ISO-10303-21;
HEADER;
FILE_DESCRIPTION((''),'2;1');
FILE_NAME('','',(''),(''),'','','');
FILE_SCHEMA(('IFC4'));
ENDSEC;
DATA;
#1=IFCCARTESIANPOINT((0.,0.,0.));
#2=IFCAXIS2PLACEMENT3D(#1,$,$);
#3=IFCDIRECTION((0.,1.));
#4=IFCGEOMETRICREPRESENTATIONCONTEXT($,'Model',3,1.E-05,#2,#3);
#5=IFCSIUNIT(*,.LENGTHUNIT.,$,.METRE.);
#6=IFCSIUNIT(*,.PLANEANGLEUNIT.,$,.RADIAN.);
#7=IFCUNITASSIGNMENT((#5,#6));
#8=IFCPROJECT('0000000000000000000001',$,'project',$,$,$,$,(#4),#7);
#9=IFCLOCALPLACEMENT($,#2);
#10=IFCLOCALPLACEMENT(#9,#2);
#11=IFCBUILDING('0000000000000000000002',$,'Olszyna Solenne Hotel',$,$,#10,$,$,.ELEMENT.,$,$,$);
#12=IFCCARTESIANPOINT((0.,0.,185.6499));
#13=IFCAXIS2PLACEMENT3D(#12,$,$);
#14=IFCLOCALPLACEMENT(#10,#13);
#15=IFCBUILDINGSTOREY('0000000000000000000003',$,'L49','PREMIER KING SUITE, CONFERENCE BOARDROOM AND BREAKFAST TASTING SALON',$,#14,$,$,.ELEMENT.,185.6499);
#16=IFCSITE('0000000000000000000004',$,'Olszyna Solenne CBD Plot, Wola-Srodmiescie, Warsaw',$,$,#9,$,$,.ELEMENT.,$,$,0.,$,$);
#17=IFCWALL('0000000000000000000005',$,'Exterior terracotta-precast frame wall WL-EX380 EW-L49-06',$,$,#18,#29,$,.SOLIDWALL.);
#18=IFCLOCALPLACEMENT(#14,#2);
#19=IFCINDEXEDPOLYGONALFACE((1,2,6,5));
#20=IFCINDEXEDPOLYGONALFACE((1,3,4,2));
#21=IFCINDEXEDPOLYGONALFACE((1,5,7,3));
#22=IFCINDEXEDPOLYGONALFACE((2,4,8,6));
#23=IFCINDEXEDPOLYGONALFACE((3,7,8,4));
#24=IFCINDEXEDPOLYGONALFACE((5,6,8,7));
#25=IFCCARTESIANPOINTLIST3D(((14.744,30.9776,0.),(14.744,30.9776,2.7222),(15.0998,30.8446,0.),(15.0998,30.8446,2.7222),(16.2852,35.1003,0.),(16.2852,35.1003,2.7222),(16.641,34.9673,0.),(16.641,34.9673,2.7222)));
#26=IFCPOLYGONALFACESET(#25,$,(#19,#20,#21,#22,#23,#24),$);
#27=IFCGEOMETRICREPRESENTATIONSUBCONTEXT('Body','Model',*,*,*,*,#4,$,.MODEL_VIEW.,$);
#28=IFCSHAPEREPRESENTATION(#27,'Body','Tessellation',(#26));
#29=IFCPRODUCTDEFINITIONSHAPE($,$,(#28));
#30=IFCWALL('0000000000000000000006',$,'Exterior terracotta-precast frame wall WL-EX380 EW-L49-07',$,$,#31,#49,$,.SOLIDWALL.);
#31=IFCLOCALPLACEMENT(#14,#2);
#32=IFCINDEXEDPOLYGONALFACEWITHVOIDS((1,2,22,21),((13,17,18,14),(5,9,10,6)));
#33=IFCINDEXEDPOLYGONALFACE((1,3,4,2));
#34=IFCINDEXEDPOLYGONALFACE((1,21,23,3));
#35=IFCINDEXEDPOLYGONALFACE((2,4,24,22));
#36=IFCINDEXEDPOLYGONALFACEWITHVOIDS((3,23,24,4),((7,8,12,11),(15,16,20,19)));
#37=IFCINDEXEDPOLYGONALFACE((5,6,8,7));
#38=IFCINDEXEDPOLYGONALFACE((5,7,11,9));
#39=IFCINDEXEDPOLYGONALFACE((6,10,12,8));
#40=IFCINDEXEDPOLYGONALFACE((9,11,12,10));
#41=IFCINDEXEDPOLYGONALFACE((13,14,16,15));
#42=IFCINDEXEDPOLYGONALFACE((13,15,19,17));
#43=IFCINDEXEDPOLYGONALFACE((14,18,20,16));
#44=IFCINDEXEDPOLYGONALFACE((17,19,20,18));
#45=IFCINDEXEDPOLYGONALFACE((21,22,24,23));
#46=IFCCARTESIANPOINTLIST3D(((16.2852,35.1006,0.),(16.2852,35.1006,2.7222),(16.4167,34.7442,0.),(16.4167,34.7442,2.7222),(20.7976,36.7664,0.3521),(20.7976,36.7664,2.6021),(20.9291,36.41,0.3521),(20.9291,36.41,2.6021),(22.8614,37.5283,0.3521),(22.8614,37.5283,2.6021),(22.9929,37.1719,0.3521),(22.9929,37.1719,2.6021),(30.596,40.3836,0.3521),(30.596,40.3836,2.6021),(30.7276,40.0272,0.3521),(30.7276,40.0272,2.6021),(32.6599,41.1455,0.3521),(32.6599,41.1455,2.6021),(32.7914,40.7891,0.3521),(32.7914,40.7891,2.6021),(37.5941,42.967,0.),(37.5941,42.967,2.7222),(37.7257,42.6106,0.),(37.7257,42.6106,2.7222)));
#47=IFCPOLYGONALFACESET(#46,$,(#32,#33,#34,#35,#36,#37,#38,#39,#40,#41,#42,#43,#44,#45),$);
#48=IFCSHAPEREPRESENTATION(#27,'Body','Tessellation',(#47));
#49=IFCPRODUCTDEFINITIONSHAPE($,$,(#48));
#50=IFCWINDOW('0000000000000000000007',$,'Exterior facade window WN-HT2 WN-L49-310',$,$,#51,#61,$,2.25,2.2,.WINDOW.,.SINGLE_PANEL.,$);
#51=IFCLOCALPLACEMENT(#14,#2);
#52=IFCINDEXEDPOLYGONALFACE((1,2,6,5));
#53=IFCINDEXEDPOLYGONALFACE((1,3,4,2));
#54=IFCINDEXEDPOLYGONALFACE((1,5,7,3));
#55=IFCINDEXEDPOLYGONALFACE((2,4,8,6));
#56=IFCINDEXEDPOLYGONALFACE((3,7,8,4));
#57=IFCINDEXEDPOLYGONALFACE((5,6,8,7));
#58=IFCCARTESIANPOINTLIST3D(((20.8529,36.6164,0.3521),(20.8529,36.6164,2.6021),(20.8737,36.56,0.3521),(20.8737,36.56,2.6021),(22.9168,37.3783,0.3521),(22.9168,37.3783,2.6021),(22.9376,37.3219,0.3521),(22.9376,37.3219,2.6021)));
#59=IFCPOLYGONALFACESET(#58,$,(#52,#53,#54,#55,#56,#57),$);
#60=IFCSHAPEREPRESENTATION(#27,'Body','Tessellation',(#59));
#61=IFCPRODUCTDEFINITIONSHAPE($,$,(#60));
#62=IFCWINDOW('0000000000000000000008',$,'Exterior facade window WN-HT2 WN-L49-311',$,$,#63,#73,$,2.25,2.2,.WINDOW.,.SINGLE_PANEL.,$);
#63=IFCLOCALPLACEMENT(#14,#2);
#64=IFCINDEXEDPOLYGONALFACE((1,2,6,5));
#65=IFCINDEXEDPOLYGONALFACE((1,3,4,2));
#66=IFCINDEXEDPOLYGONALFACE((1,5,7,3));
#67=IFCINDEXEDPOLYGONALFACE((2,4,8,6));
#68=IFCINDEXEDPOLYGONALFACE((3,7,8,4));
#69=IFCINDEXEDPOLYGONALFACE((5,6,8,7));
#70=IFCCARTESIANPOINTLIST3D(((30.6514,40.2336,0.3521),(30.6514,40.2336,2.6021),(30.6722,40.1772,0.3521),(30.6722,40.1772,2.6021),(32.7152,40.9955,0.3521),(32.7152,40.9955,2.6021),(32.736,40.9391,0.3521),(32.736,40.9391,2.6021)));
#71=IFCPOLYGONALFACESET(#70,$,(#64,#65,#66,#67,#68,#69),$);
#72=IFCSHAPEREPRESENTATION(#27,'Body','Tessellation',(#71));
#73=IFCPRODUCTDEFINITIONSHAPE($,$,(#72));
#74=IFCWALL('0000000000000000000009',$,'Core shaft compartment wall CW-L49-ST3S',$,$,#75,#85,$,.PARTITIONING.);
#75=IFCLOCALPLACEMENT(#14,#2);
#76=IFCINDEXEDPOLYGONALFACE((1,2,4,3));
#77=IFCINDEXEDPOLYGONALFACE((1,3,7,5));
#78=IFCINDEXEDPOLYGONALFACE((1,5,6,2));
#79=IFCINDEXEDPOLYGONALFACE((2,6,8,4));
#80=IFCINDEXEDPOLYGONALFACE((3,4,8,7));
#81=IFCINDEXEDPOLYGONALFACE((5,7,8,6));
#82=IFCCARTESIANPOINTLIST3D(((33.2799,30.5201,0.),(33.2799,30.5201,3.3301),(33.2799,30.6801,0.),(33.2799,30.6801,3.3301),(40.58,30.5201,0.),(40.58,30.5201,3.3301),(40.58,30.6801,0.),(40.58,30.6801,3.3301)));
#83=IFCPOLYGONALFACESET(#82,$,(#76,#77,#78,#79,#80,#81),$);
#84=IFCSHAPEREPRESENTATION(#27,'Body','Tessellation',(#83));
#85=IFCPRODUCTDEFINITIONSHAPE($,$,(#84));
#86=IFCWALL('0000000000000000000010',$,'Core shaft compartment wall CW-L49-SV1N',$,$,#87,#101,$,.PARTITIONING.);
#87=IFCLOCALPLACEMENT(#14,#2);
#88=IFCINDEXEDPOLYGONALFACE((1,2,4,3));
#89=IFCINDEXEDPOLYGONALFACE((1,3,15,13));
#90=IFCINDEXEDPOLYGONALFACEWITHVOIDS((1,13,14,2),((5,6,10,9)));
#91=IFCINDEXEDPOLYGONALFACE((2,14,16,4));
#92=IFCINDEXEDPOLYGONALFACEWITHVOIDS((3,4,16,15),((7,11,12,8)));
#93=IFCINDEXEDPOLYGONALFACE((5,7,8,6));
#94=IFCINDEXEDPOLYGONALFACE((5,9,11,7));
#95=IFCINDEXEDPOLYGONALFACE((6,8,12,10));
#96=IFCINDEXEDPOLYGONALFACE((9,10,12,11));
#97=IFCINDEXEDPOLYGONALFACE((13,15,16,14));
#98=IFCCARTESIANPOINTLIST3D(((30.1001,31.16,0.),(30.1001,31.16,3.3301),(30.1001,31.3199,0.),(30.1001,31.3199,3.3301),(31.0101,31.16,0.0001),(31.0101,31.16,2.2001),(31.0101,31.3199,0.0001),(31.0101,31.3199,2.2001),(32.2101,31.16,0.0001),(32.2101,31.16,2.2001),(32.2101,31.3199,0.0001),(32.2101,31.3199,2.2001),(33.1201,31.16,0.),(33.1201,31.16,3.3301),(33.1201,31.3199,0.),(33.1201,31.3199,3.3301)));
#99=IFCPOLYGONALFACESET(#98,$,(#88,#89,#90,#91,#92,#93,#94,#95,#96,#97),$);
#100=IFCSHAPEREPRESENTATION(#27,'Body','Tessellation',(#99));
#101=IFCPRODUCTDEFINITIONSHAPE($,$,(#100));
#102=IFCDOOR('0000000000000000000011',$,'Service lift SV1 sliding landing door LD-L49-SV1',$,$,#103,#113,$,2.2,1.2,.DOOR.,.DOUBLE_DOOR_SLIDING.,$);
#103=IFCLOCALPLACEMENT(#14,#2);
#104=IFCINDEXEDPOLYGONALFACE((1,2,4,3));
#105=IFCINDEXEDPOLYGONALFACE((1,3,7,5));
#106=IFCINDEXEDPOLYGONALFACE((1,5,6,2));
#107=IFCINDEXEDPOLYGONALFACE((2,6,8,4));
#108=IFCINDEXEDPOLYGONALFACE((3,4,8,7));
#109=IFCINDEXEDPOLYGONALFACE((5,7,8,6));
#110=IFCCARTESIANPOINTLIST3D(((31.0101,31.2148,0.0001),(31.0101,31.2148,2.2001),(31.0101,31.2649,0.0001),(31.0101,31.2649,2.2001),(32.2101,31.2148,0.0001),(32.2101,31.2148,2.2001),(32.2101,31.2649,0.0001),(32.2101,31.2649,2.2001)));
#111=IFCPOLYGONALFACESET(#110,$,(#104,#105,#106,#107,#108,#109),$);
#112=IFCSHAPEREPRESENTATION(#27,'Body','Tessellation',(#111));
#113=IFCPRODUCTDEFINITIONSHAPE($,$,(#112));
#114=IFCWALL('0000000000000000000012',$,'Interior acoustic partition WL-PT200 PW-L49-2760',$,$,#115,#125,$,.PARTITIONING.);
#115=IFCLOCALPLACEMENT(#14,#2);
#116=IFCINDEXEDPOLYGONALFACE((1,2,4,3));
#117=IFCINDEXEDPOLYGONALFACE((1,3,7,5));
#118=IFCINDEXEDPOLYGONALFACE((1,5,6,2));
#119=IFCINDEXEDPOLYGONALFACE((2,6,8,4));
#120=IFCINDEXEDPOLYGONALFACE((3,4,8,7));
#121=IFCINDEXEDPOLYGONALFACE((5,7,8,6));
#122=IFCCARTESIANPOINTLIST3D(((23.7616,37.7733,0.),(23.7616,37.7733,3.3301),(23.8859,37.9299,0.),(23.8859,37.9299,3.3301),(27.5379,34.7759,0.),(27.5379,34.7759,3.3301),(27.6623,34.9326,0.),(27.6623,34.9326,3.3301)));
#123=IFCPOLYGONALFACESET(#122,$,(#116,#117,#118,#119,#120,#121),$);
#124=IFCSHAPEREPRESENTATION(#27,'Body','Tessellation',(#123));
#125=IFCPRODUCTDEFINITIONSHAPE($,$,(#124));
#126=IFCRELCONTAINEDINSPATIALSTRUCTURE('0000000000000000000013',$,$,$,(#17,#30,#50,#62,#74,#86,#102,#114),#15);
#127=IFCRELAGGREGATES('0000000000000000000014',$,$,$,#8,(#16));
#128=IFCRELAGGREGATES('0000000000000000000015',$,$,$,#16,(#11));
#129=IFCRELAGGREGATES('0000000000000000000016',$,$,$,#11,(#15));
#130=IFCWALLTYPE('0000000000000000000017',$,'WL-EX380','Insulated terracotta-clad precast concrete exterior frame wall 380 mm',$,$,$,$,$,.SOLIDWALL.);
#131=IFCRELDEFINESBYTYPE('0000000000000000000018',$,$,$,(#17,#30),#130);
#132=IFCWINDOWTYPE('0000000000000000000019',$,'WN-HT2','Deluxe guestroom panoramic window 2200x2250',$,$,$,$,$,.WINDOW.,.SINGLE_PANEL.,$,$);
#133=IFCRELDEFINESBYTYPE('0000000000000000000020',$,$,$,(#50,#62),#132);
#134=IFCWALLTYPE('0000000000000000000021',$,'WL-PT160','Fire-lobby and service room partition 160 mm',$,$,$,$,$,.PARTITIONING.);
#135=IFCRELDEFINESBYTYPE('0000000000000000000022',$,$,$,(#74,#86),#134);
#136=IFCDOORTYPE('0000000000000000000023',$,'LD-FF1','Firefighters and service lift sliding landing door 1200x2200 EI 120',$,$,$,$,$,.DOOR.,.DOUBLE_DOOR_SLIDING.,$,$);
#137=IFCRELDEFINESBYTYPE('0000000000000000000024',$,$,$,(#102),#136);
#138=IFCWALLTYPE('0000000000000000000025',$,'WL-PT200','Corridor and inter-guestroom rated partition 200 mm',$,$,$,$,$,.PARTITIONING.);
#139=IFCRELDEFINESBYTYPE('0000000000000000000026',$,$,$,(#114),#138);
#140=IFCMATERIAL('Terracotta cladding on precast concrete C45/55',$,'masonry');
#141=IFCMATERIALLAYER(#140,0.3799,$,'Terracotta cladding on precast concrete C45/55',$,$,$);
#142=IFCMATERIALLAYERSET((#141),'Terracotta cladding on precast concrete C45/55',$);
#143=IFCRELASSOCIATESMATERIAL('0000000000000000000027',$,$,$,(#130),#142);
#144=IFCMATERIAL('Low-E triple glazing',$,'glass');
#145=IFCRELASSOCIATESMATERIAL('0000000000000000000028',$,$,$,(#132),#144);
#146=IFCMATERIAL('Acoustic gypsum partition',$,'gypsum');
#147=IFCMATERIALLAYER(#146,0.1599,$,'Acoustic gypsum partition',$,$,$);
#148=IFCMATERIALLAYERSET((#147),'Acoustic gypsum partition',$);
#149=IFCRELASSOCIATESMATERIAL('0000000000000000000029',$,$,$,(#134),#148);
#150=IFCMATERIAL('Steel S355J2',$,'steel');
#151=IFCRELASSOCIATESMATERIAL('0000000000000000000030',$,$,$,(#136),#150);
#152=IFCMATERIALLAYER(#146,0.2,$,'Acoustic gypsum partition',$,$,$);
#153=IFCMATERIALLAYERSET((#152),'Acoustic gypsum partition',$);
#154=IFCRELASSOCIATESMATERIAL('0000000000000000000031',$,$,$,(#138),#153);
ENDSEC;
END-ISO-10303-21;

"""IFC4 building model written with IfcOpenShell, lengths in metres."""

from ifc_helpers import new_model, si_unit, direction, frame, frame_2d, origin, place, context, subcontext, project, spatial, rectangle, extrude, source, transform, mapped, material, layer, layer_set, type_object, type_shapes, element, fill, save


model = new_model("IFC4")

# Units and contexts
model_context = context("Model", 3, precision=1e-05, world=origin(), true_north=direction((0.0, 1.0)))
body_context = subcontext(model_context, "Body", "Model", "MODEL_VIEW")
ifc_project = project(units=[si_unit("LENGTHUNIT", "METRE"), si_unit("PLANEANGLEUNIT", "RADIAN")], contexts=[model_context])

# Site, building, storey
site_placement = place(None, origin())
site = spatial("IfcSite", under=ifc_project, at=site_placement, Name="Olszyna Solenne CBD Plot, Wola-Srodmiescie, Warsaw", CompositionType="ELEMENT", RefElevation=0.0)
building_placement = place(site_placement, origin())
building = spatial("IfcBuilding", under=site, at=building_placement, Name="Olszyna Solenne Hotel", CompositionType="ELEMENT")
storey_placement = place(building_placement, frame((0.0, 0.0, 185.6499)))
storey = spatial("IfcBuildingStorey", under=building, at=storey_placement, Name="L49", Description="PREMIER KING SUITE, CONFERENCE BOARDROOM AND BREAKFAST TASTING SALON", CompositionType="ELEMENT", Elevation=185.6499)

# Shared definitions
ifc_material_1 = material(Name="Steel S355J2", Category="steel")

# Wall
ifc_material_2 = material(Name="Terracotta cladding on precast concrete C45/55", Category="masonry")
ifc_layer_1 = layer(ifc_material_2, 0.3799, Name="Terracotta cladding on precast concrete C45/55")
ifc_layer_set_1 = layer_set([ifc_layer_1], Name="Terracotta cladding on precast concrete C45/55")
wall_type_1 = type_object("IfcWallType", Name="WL-EX380", Description="Insulated terracotta-clad precast concrete exterior frame wall 380 mm", PredefinedType="SOLIDWALL", material=ifc_layer_set_1)
wall_1_placement = place(storey_placement, frame((14.9219, 30.9111, 0.0), z_axis=(0.0, 0.0, 1.0), x_axis=(0.350169, 0.936687, 0.0)))
element("IfcWall", 1, at=wall_1_placement, inside=storey, type_object=wall_type_1, Name="Exterior terracotta-precast frame wall WL-EX380 EW-L49-06", PredefinedType="SOLIDWALL", context=body_context, shape_type="SweptSolid", body=[
    extrude(rectangle(XDim=4.4014, YDim=0.3799, at=frame_2d((2.2007, 0.0))), origin(), (0.0, 0.0, 1.0), 2.7222),
])

# Wall, openings, windows
wall_2_placement = place(storey_placement, frame((16.3508, 34.9224, 0.0), z_axis=(0.0, 0.0, 1.0), x_axis=(0.938118, 0.346315, 0.0)))
wall_2 = element("IfcWall", 2, at=wall_2_placement, inside=storey, type_object=wall_type_1, Name="Exterior terracotta-precast frame wall WL-EX380 EW-L49-07", PredefinedType="SOLIDWALL", context=body_context, shape_type="SweptSolid", body=[
    extrude(rectangle(XDim=22.7146, YDim=0.3799, at=frame_2d((11.3574, 0.0))), origin(), (0.0, 0.0, 1.0), 2.7222),
])
opening_1_placement = place(wall_2_placement, frame((4.8101, 0.0, 0.3521)))
opening_1 = element("IfcOpeningElement", 3, at=opening_1_placement, cuts=wall_2, PredefinedType="OPENING", context=body_context, shape_type="SweptSolid", body=[
    extrude(rectangle(XDim=2.2, YDim=2.25, at=frame_2d((1.1001, 1.125))), frame((0.0, 0.2, 0.0), z_axis=(0.0, -1.0, 0.0), x_axis=(1.0, 0.0, 0.0)), (0.0, 0.0, 1.0), 0.3999),
])
opening_2_placement = place(wall_2_placement, frame((15.2549, 0.0, 0.3521)))
opening_2 = element("IfcOpeningElement", 4, at=opening_2_placement, cuts=wall_2, PredefinedType="OPENING", context=body_context, shape_type="SweptSolid", body=[
    extrude(rectangle(XDim=2.2, YDim=2.25, at=frame_2d((1.1001, 1.125))), frame((0.0, 0.2, 0.0), z_axis=(0.0, -1.0, 0.0), x_axis=(1.0, 0.0, 0.0)), (0.0, 0.0, 1.0), 0.3999),
])
ifc_material_3 = material(Name="Low-E triple glazing", Category="glass")
window_type = type_object("IfcWindowType", Name="WN-HT2", Description="Deluxe guestroom panoramic window 2200x2250", PartitioningType="SINGLE_PANEL", PredefinedType="WINDOW", material=ifc_material_3)
shared_shape_1 = source(origin(), body_context, "Body", "SweptSolid", [
    extrude(rectangle(XDim=2.2, YDim=2.25, at=frame_2d((1.1001, 1.125))), frame((0.0, 0.03, 0.0), z_axis=(0.0, -1.0, 0.0), x_axis=(1.0, 0.0, 0.0)), (0.0, 0.0, 1.0), 0.0601),
])
type_shapes(window_type, [shared_shape_1])
window_1_placement = place(opening_1_placement, origin())
window_1 = element("IfcWindow", 5, at=window_1_placement, inside=storey, type_object=window_type, Name="Exterior facade window WN-HT2 WN-L49-310", OverallHeight=2.25, OverallWidth=2.2, PartitioningType="SINGLE_PANEL", PredefinedType="WINDOW", context=body_context, shape_type="MappedRepresentation", body=[
    mapped(shared_shape_1, transform((0.0, 0.0, 0.0), x_axis=(1.0, 0.0, 0.0), y_axis=(0.0, 1.0, 0.0), z_axis=(0.0, 0.0, 1.0), scale=1.0)),
])
fill(opening_1, window_1)
window_2_placement = place(opening_2_placement, origin())
window_2 = element("IfcWindow", 6, at=window_2_placement, inside=storey, type_object=window_type, Name="Exterior facade window WN-HT2 WN-L49-311", OverallHeight=2.25, OverallWidth=2.2, PartitioningType="SINGLE_PANEL", PredefinedType="WINDOW", context=body_context, shape_type="MappedRepresentation", body=[
    mapped(shared_shape_1, transform((0.0, 0.0, 0.0), x_axis=(1.0, 0.0, 0.0), y_axis=(0.0, 1.0, 0.0), z_axis=(0.0, 0.0, 1.0), scale=1.0)),
])
fill(opening_2, window_2)

# Wall
ifc_material_4 = material(Name="Acoustic gypsum partition", Category="gypsum")
ifc_layer_2 = layer(ifc_material_4, 0.1599, Name="Acoustic gypsum partition")
ifc_layer_set_2 = layer_set([ifc_layer_2], Name="Acoustic gypsum partition")
wall_type_2 = type_object("IfcWallType", Name="WL-PT160", Description="Fire-lobby and service room partition 160 mm", PredefinedType="PARTITIONING", material=ifc_layer_set_2)
wall_3_placement = place(storey_placement, frame((33.28, 30.6001, 0.0), z_axis=(0.0, 0.0, 1.0), x_axis=(1.0, 0.0, 0.0)))
element("IfcWall", 7, at=wall_3_placement, inside=storey, type_object=wall_type_2, Name="Core shaft compartment wall CW-L49-ST3S", PredefinedType="PARTITIONING", context=body_context, shape_type="SweptSolid", body=[
    extrude(rectangle(XDim=7.3, YDim=0.1599, at=frame_2d((3.6499, 0.0))), origin(), (0.0, 0.0, 1.0), 3.3301),
])

# Wall, opening, door
wall_4_placement = place(storey_placement, frame((30.1001, 31.24, 0.0), z_axis=(0.0, 0.0, 1.0), x_axis=(1.0, 0.0, 0.0)))
wall_4 = element("IfcWall", 8, at=wall_4_placement, inside=storey, type_object=wall_type_2, Name="Core shaft compartment wall CW-L49-SV1N", PredefinedType="PARTITIONING", context=body_context, shape_type="SweptSolid", body=[
    extrude(rectangle(XDim=3.02, YDim=0.1599, at=frame_2d((1.51, 0.0))), origin(), (0.0, 0.0, 1.0), 3.3301),
])
opening_3_placement = place(wall_4_placement, frame((0.9099, 0.0, 0.0)))
opening_3 = element("IfcOpeningElement", 9, at=opening_3_placement, cuts=wall_4, PredefinedType="OPENING", context=body_context, shape_type="SweptSolid", body=[
    extrude(rectangle(XDim=1.2, YDim=2.2, at=frame_2d((0.6001, 1.1001))), frame((0.0, 0.0898, 0.0), z_axis=(0.0, -1.0, 0.0), x_axis=(1.0, 0.0, 0.0)), (0.0, 0.0, 1.0), 0.1799),
])
door_type_1 = type_object("IfcDoorType", Name="LD-FF1", Description="Firefighters and service lift sliding landing door 1200x2200 EI 120", OperationType="DOUBLE_DOOR_SLIDING", PredefinedType="DOOR", material=ifc_material_1)
shared_shape_2 = source(origin(), body_context, "Body", "SweptSolid", [
    extrude(rectangle(XDim=1.2, YDim=2.2, at=frame_2d((0.6001, 1.1001))), frame((0.0, 0.0249, 0.0), z_axis=(0.0, -1.0, 0.0), x_axis=(1.0, 0.0, 0.0)), (0.0, 0.0, 1.0), 0.05),
])
type_shapes(door_type_1, [shared_shape_2])
door_1_placement = place(opening_3_placement, origin())
door_1 = element("IfcDoor", 10, at=door_1_placement, inside=storey, type_object=door_type_1, Name="Service lift SV1 sliding landing door LD-L49-SV1", OperationType="DOUBLE_DOOR_SLIDING", OverallHeight=2.2, OverallWidth=1.2, PredefinedType="DOOR", context=body_context, shape_type="MappedRepresentation", body=[
    mapped(shared_shape_2, transform((0.0, 0.0, 0.0), x_axis=(1.0, 0.0, 0.0), y_axis=(0.0, 1.0, 0.0), z_axis=(0.0, 0.0, 1.0), scale=1.0)),
])
fill(opening_3, door_1)

# Wall
ifc_layer_3 = layer(ifc_material_4, 0.2, Name="Acoustic gypsum partition")
ifc_layer_set_3 = layer_set([ifc_layer_3], Name="Acoustic gypsum partition")
wall_type_3 = type_object("IfcWallType", Name="WL-PT200", Description="Corridor and inter-guestroom rated partition 200 mm", PredefinedType="PARTITIONING", material=ifc_layer_set_3)
wall_5_placement = place(storey_placement, frame((27.6001, 34.8542, 0.0), z_axis=(0.0, 0.0, 1.0), x_axis=(-0.783269, 0.621683, 0.0)))
element("IfcWall", 11, at=wall_5_placement, inside=storey, type_object=wall_type_3, Name="Interior acoustic partition WL-PT200 PW-L49-2760", PredefinedType="PARTITIONING", context=body_context, shape_type="SweptSolid", body=[
    extrude(rectangle(XDim=4.8213, YDim=0.2, at=frame_2d((2.4106, 0.0))), origin(), (0.0, 0.0, 1.0), 3.3301),
])

save(model, "model.ifc")
